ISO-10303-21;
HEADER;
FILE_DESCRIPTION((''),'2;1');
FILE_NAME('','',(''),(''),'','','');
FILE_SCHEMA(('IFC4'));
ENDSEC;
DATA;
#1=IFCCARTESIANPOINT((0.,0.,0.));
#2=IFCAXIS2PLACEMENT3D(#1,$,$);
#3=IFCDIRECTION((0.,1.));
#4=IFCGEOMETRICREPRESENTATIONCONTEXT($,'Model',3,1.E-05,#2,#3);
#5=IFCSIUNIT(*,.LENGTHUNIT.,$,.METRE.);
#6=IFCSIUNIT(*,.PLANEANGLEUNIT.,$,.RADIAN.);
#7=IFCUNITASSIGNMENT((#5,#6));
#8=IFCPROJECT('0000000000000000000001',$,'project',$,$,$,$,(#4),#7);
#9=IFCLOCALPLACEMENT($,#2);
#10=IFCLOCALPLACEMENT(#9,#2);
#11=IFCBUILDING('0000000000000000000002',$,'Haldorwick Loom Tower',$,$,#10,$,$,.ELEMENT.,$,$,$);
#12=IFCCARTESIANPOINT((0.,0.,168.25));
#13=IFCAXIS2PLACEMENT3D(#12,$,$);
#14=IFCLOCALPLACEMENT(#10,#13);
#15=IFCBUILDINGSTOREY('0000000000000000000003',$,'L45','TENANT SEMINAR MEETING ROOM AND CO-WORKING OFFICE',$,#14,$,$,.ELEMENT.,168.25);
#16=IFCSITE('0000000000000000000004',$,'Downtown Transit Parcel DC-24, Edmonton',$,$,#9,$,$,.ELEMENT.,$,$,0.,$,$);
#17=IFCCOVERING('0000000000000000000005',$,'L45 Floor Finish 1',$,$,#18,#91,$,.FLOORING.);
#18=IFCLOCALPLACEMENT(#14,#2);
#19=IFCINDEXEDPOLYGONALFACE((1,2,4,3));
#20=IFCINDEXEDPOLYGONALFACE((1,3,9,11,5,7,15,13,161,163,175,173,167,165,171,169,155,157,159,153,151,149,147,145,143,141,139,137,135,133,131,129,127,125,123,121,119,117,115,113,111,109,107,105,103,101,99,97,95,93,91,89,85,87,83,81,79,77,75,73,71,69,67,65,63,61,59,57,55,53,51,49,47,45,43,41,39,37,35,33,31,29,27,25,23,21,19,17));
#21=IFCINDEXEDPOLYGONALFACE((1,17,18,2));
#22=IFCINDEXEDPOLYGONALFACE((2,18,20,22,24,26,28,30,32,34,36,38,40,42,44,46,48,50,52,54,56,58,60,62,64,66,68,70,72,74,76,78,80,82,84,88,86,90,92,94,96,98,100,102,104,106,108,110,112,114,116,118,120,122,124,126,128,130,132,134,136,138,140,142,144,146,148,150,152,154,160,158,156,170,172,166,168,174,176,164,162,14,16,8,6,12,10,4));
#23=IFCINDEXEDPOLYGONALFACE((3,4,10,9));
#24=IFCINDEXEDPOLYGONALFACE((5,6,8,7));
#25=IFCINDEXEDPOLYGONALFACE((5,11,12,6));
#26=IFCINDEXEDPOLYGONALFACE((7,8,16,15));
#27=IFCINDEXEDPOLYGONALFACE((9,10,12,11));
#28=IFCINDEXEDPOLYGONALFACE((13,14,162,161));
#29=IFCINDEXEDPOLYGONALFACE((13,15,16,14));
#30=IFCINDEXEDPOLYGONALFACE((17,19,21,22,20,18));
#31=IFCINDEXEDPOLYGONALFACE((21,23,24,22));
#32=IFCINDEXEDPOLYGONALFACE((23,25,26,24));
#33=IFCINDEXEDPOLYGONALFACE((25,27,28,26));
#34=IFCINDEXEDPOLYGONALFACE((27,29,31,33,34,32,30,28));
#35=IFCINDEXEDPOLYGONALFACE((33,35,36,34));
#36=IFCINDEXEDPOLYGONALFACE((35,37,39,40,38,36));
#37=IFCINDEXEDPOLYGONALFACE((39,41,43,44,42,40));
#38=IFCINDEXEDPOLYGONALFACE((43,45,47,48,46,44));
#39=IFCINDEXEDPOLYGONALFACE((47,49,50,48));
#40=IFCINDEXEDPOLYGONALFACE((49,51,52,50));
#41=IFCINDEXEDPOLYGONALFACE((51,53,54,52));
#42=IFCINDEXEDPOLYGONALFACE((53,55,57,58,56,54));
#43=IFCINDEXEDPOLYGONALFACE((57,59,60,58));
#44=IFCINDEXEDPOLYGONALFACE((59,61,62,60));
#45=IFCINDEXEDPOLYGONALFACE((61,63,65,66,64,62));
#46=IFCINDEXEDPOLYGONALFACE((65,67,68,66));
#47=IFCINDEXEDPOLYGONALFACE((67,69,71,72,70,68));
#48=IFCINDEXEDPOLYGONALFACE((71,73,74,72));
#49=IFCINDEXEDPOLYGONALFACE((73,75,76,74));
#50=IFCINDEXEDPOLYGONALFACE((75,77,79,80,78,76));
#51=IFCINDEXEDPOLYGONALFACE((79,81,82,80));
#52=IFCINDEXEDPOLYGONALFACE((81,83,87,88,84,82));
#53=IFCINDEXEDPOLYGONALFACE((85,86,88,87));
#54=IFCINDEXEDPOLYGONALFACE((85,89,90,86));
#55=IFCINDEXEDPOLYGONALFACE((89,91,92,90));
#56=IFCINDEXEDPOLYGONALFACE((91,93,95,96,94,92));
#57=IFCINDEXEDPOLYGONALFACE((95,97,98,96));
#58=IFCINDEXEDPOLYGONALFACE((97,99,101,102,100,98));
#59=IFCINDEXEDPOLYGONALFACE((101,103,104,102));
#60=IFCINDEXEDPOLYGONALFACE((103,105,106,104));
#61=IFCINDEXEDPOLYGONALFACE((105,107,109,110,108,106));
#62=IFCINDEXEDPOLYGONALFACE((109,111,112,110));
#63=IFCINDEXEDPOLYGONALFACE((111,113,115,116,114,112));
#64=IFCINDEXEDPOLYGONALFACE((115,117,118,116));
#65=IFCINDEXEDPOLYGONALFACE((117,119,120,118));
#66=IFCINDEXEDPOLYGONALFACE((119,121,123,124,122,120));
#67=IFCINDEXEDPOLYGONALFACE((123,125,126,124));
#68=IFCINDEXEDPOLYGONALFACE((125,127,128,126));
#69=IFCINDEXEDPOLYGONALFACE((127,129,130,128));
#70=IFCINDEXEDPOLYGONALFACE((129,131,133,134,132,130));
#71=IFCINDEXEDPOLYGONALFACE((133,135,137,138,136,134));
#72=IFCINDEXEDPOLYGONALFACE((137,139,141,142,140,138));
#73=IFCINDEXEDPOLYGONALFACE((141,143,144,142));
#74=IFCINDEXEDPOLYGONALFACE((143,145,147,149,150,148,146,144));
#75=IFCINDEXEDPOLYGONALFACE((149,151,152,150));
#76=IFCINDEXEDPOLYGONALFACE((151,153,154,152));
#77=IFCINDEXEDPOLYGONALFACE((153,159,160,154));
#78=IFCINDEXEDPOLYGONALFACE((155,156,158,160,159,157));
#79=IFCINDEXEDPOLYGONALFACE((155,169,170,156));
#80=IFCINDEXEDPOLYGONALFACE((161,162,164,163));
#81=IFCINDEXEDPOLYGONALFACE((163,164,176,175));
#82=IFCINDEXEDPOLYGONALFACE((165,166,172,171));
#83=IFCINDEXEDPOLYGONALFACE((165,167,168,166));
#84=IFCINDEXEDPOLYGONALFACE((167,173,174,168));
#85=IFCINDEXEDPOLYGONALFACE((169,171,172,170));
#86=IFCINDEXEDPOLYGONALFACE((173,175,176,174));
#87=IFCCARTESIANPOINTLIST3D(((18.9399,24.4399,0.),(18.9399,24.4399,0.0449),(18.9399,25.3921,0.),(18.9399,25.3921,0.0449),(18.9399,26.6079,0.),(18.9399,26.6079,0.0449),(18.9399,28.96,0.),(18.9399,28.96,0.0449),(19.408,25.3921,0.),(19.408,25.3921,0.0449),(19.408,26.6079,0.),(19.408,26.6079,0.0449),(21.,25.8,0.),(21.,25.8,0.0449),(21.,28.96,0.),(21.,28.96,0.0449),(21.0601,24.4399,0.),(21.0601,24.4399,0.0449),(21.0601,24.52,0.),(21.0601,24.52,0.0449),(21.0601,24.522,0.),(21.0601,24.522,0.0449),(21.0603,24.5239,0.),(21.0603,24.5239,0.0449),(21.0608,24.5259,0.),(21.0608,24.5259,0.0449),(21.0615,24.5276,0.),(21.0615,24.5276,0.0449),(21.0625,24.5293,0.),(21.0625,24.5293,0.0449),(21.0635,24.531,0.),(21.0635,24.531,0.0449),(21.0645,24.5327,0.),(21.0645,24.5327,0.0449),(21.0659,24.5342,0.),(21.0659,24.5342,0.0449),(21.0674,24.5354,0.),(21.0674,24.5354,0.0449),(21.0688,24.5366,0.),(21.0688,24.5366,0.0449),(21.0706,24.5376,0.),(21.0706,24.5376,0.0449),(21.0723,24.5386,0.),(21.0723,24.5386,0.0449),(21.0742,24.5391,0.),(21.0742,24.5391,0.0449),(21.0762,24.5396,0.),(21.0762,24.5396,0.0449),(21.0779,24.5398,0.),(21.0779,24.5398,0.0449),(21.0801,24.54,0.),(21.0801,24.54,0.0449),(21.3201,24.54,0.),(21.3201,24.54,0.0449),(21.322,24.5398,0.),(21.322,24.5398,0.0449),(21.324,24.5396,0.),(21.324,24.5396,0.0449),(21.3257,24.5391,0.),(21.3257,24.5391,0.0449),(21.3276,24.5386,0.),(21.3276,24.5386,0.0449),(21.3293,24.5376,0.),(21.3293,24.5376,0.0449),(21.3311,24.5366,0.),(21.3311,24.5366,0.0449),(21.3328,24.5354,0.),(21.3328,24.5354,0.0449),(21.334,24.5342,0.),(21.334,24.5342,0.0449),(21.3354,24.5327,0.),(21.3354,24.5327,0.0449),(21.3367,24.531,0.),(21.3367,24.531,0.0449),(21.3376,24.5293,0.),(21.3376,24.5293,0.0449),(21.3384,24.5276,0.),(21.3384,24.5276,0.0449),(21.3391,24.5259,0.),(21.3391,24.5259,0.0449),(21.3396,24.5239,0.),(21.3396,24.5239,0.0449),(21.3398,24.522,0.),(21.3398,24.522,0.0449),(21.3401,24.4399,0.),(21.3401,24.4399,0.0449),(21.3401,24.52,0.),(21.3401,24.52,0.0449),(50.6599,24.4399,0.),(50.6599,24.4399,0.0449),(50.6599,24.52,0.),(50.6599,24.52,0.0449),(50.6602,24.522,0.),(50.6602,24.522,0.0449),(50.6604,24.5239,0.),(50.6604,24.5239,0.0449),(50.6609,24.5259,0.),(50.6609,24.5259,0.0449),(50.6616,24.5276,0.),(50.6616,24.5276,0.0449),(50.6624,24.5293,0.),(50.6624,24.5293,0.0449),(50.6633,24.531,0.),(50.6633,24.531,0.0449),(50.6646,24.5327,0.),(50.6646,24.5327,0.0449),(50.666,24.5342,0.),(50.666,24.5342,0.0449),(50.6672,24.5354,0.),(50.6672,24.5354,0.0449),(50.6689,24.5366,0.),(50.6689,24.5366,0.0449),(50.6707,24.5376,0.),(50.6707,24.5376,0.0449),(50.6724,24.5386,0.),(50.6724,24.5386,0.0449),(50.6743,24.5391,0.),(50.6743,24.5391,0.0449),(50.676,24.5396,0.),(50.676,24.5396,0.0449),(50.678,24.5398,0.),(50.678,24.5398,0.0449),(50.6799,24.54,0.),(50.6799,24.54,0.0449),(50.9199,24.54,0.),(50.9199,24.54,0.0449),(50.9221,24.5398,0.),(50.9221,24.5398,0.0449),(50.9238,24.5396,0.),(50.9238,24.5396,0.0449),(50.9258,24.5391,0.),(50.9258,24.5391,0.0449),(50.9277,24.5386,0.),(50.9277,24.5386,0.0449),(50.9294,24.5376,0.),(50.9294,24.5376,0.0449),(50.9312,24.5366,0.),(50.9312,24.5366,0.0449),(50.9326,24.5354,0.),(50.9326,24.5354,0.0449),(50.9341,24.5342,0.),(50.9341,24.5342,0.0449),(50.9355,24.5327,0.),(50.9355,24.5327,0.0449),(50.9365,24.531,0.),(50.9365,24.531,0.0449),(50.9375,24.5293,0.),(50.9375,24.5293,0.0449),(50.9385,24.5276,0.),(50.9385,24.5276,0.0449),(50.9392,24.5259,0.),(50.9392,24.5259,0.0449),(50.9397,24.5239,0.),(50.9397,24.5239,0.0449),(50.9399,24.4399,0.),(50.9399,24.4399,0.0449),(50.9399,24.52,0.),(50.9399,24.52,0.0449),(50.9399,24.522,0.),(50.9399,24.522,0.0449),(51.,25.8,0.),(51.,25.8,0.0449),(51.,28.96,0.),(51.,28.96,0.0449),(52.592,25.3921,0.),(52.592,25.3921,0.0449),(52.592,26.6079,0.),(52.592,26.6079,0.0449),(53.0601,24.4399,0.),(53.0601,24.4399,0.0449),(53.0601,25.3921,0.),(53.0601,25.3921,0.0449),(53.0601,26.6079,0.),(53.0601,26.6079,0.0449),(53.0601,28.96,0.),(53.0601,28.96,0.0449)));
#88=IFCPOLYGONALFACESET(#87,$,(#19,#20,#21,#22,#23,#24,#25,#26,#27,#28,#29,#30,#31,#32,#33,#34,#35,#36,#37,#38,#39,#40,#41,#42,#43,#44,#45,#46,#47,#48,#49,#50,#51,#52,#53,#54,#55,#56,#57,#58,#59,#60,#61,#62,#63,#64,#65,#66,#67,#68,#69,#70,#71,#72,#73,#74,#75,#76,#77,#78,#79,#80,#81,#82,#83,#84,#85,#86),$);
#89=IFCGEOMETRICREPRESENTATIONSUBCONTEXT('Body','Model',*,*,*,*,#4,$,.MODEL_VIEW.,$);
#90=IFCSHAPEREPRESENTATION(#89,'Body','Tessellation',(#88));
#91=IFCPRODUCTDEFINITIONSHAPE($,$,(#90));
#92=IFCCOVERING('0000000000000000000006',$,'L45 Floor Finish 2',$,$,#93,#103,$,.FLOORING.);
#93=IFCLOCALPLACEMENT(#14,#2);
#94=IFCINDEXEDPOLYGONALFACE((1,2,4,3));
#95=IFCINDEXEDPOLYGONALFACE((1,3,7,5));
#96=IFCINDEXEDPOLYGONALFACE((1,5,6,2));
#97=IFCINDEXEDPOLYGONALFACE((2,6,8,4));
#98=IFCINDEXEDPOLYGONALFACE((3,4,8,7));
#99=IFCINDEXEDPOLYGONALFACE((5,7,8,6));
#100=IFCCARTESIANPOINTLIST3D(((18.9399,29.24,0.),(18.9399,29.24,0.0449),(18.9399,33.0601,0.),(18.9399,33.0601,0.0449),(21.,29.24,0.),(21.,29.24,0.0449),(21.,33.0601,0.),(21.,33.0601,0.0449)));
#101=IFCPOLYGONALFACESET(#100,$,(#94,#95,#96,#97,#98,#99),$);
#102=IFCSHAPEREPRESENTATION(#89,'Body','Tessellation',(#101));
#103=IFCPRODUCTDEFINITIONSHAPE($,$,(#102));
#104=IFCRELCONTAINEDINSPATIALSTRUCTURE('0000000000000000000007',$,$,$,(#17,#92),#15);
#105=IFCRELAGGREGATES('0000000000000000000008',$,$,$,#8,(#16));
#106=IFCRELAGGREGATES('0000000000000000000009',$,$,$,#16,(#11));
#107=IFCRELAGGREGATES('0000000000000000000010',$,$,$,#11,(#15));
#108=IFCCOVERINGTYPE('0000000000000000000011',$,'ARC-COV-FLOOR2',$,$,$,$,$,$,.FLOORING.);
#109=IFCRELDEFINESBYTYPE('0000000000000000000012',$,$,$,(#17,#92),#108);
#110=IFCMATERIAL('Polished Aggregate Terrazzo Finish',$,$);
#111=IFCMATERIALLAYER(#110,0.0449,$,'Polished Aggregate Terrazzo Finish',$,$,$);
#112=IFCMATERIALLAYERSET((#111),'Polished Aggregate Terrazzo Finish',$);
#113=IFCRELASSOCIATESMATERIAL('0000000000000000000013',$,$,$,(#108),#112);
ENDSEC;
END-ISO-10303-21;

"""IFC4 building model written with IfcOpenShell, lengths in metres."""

from ifc_helpers import new_model, si_unit, direction, frame, origin, place, context, subcontext, project, spatial, polyline, outline, extrude, material, layer, layer_set, type_object, element, save


model = new_model("IFC4")

# Units and contexts
model_context = context("Model", 3, precision=1e-05, world=origin(), true_north=direction((0.0, 1.0)))
body_context = subcontext(model_context, "Body", "Model", "MODEL_VIEW")
ifc_project = project(units=[si_unit("LENGTHUNIT", "METRE"), si_unit("PLANEANGLEUNIT", "RADIAN")], contexts=[model_context])

# Site, building, storey
site_placement = place(None, origin())
site = spatial("IfcSite", under=ifc_project, at=site_placement, Name="Downtown Transit Parcel DC-24, Edmonton", CompositionType="ELEMENT", RefElevation=0.0)
building_placement = place(site_placement, origin())
building = spatial("IfcBuilding", under=site, at=building_placement, Name="Haldorwick Loom Tower", CompositionType="ELEMENT")
storey_placement = place(building_placement, frame((0.0, 0.0, 168.25)))
storey = spatial("IfcBuildingStorey", under=building, at=storey_placement, Name="L45", Description="TENANT SEMINAR MEETING ROOM AND CO-WORKING OFFICE", CompositionType="ELEMENT", Elevation=168.25)

# Coverings
ifc_material_1 = material(Name="Polished Aggregate Terrazzo Finish")
ifc_layer_1 = layer(ifc_material_1, 0.0449, Name="Polished Aggregate Terrazzo Finish")
ifc_layer_set_1 = layer_set([ifc_layer_1], Name="Polished Aggregate Terrazzo Finish")
covering_type_1 = type_object("IfcCoveringType", Name="ARC-COV-FLOOR2", PredefinedType="FLOORING", material=ifc_layer_set_1)
covering_1_placement = place(storey_placement, origin())
element("IfcCovering", 1, at=covering_1_placement, inside=storey, type_object=covering_type_1, Name="L45 Floor Finish 1", PredefinedType="FLOORING", context=body_context, shape_type="SweptSolid", body=[
    extrude(outline(polyline([(51.0, 28.96), (51.0, 25.8), (21.0, 25.8), (21.0, 28.96), (18.9399, 28.96), (18.9399, 26.6079), (19.408, 26.6079), (19.408, 25.3921), (18.9399, 25.3921), (18.9399, 24.4399), (21.0601, 24.4399), (21.0601, 24.52), (21.0601, 24.522), (21.0603, 24.5239), (21.0608, 24.5259), (21.0615, 24.5276), (21.0625, 24.5293), (21.0635, 24.531), (21.0645, 24.5327), (21.0659, 24.5342), (21.0674, 24.5354), (21.0688, 24.5366), (21.0706, 24.5376), (21.0723, 24.5386), (21.0742, 24.5391), (21.0762, 24.5396), (21.0779, 24.5398), (21.0801, 24.54), (21.3201, 24.54), (21.322, 24.5398), (21.324, 24.5396), (21.3257, 24.5391), (21.3276, 24.5386), (21.3293, 24.5376), (21.3311, 24.5366), (21.3328, 24.5354), (21.334, 24.5342), (21.3354, 24.5327), (21.3367, 24.531), (21.3376, 24.5293), (21.3384, 24.5276), (21.3391, 24.5259), (21.3396, 24.5239), (21.3398, 24.522), (21.3401, 24.52), (21.3401, 24.4399), (50.6599, 24.4399), (50.6599, 24.52), (50.6602, 24.522), (50.6604, 24.5239), (50.6609, 24.5259), (50.6616, 24.5276), (50.6624, 24.5293), (50.6633, 24.531), (50.6646, 24.5327), (50.666, 24.5342), (50.6672, 24.5354), (50.6689, 24.5366), (50.6707, 24.5376), (50.6724, 24.5386), (50.6743, 24.5391), (50.676, 24.5396), (50.678, 24.5398), (50.6799, 24.54), (50.9199, 24.54), (50.9221, 24.5398), (50.9238, 24.5396), (50.9258, 24.5391), (50.9277, 24.5386), (50.9294, 24.5376), (50.9312, 24.5366), (50.9326, 24.5354), (50.9341, 24.5342), (50.9355, 24.5327), (50.9365, 24.531), (50.9375, 24.5293), (50.9385, 24.5276), (50.9392, 24.5259), (50.9397, 24.5239), (50.9399, 24.522), (50.9399, 24.52), (50.9399, 24.4399), (53.0601, 24.4399), (53.0601, 25.3921), (52.592, 25.3921), (52.592, 26.6079), (53.0601, 26.6079), (53.0601, 28.96), (51.0, 28.96)])), origin(), (0.0, 0.0, 1.0), 0.0449),
])
covering_2_placement = place(storey_placement, origin())
element("IfcCovering", 2, at=covering_2_placement, inside=storey, type_object=covering_type_1, Name="L45 Floor Finish 2", PredefinedType="FLOORING", context=body_context, shape_type="SweptSolid", body=[
    extrude(outline(polyline([(18.9399, 29.24), (21.0, 29.24), (21.0, 33.0601), (18.9399, 33.0601), (18.9399, 29.24)])), origin(), (0.0, 0.0, 1.0), 0.0449),
])

save(model, "model.ifc")
